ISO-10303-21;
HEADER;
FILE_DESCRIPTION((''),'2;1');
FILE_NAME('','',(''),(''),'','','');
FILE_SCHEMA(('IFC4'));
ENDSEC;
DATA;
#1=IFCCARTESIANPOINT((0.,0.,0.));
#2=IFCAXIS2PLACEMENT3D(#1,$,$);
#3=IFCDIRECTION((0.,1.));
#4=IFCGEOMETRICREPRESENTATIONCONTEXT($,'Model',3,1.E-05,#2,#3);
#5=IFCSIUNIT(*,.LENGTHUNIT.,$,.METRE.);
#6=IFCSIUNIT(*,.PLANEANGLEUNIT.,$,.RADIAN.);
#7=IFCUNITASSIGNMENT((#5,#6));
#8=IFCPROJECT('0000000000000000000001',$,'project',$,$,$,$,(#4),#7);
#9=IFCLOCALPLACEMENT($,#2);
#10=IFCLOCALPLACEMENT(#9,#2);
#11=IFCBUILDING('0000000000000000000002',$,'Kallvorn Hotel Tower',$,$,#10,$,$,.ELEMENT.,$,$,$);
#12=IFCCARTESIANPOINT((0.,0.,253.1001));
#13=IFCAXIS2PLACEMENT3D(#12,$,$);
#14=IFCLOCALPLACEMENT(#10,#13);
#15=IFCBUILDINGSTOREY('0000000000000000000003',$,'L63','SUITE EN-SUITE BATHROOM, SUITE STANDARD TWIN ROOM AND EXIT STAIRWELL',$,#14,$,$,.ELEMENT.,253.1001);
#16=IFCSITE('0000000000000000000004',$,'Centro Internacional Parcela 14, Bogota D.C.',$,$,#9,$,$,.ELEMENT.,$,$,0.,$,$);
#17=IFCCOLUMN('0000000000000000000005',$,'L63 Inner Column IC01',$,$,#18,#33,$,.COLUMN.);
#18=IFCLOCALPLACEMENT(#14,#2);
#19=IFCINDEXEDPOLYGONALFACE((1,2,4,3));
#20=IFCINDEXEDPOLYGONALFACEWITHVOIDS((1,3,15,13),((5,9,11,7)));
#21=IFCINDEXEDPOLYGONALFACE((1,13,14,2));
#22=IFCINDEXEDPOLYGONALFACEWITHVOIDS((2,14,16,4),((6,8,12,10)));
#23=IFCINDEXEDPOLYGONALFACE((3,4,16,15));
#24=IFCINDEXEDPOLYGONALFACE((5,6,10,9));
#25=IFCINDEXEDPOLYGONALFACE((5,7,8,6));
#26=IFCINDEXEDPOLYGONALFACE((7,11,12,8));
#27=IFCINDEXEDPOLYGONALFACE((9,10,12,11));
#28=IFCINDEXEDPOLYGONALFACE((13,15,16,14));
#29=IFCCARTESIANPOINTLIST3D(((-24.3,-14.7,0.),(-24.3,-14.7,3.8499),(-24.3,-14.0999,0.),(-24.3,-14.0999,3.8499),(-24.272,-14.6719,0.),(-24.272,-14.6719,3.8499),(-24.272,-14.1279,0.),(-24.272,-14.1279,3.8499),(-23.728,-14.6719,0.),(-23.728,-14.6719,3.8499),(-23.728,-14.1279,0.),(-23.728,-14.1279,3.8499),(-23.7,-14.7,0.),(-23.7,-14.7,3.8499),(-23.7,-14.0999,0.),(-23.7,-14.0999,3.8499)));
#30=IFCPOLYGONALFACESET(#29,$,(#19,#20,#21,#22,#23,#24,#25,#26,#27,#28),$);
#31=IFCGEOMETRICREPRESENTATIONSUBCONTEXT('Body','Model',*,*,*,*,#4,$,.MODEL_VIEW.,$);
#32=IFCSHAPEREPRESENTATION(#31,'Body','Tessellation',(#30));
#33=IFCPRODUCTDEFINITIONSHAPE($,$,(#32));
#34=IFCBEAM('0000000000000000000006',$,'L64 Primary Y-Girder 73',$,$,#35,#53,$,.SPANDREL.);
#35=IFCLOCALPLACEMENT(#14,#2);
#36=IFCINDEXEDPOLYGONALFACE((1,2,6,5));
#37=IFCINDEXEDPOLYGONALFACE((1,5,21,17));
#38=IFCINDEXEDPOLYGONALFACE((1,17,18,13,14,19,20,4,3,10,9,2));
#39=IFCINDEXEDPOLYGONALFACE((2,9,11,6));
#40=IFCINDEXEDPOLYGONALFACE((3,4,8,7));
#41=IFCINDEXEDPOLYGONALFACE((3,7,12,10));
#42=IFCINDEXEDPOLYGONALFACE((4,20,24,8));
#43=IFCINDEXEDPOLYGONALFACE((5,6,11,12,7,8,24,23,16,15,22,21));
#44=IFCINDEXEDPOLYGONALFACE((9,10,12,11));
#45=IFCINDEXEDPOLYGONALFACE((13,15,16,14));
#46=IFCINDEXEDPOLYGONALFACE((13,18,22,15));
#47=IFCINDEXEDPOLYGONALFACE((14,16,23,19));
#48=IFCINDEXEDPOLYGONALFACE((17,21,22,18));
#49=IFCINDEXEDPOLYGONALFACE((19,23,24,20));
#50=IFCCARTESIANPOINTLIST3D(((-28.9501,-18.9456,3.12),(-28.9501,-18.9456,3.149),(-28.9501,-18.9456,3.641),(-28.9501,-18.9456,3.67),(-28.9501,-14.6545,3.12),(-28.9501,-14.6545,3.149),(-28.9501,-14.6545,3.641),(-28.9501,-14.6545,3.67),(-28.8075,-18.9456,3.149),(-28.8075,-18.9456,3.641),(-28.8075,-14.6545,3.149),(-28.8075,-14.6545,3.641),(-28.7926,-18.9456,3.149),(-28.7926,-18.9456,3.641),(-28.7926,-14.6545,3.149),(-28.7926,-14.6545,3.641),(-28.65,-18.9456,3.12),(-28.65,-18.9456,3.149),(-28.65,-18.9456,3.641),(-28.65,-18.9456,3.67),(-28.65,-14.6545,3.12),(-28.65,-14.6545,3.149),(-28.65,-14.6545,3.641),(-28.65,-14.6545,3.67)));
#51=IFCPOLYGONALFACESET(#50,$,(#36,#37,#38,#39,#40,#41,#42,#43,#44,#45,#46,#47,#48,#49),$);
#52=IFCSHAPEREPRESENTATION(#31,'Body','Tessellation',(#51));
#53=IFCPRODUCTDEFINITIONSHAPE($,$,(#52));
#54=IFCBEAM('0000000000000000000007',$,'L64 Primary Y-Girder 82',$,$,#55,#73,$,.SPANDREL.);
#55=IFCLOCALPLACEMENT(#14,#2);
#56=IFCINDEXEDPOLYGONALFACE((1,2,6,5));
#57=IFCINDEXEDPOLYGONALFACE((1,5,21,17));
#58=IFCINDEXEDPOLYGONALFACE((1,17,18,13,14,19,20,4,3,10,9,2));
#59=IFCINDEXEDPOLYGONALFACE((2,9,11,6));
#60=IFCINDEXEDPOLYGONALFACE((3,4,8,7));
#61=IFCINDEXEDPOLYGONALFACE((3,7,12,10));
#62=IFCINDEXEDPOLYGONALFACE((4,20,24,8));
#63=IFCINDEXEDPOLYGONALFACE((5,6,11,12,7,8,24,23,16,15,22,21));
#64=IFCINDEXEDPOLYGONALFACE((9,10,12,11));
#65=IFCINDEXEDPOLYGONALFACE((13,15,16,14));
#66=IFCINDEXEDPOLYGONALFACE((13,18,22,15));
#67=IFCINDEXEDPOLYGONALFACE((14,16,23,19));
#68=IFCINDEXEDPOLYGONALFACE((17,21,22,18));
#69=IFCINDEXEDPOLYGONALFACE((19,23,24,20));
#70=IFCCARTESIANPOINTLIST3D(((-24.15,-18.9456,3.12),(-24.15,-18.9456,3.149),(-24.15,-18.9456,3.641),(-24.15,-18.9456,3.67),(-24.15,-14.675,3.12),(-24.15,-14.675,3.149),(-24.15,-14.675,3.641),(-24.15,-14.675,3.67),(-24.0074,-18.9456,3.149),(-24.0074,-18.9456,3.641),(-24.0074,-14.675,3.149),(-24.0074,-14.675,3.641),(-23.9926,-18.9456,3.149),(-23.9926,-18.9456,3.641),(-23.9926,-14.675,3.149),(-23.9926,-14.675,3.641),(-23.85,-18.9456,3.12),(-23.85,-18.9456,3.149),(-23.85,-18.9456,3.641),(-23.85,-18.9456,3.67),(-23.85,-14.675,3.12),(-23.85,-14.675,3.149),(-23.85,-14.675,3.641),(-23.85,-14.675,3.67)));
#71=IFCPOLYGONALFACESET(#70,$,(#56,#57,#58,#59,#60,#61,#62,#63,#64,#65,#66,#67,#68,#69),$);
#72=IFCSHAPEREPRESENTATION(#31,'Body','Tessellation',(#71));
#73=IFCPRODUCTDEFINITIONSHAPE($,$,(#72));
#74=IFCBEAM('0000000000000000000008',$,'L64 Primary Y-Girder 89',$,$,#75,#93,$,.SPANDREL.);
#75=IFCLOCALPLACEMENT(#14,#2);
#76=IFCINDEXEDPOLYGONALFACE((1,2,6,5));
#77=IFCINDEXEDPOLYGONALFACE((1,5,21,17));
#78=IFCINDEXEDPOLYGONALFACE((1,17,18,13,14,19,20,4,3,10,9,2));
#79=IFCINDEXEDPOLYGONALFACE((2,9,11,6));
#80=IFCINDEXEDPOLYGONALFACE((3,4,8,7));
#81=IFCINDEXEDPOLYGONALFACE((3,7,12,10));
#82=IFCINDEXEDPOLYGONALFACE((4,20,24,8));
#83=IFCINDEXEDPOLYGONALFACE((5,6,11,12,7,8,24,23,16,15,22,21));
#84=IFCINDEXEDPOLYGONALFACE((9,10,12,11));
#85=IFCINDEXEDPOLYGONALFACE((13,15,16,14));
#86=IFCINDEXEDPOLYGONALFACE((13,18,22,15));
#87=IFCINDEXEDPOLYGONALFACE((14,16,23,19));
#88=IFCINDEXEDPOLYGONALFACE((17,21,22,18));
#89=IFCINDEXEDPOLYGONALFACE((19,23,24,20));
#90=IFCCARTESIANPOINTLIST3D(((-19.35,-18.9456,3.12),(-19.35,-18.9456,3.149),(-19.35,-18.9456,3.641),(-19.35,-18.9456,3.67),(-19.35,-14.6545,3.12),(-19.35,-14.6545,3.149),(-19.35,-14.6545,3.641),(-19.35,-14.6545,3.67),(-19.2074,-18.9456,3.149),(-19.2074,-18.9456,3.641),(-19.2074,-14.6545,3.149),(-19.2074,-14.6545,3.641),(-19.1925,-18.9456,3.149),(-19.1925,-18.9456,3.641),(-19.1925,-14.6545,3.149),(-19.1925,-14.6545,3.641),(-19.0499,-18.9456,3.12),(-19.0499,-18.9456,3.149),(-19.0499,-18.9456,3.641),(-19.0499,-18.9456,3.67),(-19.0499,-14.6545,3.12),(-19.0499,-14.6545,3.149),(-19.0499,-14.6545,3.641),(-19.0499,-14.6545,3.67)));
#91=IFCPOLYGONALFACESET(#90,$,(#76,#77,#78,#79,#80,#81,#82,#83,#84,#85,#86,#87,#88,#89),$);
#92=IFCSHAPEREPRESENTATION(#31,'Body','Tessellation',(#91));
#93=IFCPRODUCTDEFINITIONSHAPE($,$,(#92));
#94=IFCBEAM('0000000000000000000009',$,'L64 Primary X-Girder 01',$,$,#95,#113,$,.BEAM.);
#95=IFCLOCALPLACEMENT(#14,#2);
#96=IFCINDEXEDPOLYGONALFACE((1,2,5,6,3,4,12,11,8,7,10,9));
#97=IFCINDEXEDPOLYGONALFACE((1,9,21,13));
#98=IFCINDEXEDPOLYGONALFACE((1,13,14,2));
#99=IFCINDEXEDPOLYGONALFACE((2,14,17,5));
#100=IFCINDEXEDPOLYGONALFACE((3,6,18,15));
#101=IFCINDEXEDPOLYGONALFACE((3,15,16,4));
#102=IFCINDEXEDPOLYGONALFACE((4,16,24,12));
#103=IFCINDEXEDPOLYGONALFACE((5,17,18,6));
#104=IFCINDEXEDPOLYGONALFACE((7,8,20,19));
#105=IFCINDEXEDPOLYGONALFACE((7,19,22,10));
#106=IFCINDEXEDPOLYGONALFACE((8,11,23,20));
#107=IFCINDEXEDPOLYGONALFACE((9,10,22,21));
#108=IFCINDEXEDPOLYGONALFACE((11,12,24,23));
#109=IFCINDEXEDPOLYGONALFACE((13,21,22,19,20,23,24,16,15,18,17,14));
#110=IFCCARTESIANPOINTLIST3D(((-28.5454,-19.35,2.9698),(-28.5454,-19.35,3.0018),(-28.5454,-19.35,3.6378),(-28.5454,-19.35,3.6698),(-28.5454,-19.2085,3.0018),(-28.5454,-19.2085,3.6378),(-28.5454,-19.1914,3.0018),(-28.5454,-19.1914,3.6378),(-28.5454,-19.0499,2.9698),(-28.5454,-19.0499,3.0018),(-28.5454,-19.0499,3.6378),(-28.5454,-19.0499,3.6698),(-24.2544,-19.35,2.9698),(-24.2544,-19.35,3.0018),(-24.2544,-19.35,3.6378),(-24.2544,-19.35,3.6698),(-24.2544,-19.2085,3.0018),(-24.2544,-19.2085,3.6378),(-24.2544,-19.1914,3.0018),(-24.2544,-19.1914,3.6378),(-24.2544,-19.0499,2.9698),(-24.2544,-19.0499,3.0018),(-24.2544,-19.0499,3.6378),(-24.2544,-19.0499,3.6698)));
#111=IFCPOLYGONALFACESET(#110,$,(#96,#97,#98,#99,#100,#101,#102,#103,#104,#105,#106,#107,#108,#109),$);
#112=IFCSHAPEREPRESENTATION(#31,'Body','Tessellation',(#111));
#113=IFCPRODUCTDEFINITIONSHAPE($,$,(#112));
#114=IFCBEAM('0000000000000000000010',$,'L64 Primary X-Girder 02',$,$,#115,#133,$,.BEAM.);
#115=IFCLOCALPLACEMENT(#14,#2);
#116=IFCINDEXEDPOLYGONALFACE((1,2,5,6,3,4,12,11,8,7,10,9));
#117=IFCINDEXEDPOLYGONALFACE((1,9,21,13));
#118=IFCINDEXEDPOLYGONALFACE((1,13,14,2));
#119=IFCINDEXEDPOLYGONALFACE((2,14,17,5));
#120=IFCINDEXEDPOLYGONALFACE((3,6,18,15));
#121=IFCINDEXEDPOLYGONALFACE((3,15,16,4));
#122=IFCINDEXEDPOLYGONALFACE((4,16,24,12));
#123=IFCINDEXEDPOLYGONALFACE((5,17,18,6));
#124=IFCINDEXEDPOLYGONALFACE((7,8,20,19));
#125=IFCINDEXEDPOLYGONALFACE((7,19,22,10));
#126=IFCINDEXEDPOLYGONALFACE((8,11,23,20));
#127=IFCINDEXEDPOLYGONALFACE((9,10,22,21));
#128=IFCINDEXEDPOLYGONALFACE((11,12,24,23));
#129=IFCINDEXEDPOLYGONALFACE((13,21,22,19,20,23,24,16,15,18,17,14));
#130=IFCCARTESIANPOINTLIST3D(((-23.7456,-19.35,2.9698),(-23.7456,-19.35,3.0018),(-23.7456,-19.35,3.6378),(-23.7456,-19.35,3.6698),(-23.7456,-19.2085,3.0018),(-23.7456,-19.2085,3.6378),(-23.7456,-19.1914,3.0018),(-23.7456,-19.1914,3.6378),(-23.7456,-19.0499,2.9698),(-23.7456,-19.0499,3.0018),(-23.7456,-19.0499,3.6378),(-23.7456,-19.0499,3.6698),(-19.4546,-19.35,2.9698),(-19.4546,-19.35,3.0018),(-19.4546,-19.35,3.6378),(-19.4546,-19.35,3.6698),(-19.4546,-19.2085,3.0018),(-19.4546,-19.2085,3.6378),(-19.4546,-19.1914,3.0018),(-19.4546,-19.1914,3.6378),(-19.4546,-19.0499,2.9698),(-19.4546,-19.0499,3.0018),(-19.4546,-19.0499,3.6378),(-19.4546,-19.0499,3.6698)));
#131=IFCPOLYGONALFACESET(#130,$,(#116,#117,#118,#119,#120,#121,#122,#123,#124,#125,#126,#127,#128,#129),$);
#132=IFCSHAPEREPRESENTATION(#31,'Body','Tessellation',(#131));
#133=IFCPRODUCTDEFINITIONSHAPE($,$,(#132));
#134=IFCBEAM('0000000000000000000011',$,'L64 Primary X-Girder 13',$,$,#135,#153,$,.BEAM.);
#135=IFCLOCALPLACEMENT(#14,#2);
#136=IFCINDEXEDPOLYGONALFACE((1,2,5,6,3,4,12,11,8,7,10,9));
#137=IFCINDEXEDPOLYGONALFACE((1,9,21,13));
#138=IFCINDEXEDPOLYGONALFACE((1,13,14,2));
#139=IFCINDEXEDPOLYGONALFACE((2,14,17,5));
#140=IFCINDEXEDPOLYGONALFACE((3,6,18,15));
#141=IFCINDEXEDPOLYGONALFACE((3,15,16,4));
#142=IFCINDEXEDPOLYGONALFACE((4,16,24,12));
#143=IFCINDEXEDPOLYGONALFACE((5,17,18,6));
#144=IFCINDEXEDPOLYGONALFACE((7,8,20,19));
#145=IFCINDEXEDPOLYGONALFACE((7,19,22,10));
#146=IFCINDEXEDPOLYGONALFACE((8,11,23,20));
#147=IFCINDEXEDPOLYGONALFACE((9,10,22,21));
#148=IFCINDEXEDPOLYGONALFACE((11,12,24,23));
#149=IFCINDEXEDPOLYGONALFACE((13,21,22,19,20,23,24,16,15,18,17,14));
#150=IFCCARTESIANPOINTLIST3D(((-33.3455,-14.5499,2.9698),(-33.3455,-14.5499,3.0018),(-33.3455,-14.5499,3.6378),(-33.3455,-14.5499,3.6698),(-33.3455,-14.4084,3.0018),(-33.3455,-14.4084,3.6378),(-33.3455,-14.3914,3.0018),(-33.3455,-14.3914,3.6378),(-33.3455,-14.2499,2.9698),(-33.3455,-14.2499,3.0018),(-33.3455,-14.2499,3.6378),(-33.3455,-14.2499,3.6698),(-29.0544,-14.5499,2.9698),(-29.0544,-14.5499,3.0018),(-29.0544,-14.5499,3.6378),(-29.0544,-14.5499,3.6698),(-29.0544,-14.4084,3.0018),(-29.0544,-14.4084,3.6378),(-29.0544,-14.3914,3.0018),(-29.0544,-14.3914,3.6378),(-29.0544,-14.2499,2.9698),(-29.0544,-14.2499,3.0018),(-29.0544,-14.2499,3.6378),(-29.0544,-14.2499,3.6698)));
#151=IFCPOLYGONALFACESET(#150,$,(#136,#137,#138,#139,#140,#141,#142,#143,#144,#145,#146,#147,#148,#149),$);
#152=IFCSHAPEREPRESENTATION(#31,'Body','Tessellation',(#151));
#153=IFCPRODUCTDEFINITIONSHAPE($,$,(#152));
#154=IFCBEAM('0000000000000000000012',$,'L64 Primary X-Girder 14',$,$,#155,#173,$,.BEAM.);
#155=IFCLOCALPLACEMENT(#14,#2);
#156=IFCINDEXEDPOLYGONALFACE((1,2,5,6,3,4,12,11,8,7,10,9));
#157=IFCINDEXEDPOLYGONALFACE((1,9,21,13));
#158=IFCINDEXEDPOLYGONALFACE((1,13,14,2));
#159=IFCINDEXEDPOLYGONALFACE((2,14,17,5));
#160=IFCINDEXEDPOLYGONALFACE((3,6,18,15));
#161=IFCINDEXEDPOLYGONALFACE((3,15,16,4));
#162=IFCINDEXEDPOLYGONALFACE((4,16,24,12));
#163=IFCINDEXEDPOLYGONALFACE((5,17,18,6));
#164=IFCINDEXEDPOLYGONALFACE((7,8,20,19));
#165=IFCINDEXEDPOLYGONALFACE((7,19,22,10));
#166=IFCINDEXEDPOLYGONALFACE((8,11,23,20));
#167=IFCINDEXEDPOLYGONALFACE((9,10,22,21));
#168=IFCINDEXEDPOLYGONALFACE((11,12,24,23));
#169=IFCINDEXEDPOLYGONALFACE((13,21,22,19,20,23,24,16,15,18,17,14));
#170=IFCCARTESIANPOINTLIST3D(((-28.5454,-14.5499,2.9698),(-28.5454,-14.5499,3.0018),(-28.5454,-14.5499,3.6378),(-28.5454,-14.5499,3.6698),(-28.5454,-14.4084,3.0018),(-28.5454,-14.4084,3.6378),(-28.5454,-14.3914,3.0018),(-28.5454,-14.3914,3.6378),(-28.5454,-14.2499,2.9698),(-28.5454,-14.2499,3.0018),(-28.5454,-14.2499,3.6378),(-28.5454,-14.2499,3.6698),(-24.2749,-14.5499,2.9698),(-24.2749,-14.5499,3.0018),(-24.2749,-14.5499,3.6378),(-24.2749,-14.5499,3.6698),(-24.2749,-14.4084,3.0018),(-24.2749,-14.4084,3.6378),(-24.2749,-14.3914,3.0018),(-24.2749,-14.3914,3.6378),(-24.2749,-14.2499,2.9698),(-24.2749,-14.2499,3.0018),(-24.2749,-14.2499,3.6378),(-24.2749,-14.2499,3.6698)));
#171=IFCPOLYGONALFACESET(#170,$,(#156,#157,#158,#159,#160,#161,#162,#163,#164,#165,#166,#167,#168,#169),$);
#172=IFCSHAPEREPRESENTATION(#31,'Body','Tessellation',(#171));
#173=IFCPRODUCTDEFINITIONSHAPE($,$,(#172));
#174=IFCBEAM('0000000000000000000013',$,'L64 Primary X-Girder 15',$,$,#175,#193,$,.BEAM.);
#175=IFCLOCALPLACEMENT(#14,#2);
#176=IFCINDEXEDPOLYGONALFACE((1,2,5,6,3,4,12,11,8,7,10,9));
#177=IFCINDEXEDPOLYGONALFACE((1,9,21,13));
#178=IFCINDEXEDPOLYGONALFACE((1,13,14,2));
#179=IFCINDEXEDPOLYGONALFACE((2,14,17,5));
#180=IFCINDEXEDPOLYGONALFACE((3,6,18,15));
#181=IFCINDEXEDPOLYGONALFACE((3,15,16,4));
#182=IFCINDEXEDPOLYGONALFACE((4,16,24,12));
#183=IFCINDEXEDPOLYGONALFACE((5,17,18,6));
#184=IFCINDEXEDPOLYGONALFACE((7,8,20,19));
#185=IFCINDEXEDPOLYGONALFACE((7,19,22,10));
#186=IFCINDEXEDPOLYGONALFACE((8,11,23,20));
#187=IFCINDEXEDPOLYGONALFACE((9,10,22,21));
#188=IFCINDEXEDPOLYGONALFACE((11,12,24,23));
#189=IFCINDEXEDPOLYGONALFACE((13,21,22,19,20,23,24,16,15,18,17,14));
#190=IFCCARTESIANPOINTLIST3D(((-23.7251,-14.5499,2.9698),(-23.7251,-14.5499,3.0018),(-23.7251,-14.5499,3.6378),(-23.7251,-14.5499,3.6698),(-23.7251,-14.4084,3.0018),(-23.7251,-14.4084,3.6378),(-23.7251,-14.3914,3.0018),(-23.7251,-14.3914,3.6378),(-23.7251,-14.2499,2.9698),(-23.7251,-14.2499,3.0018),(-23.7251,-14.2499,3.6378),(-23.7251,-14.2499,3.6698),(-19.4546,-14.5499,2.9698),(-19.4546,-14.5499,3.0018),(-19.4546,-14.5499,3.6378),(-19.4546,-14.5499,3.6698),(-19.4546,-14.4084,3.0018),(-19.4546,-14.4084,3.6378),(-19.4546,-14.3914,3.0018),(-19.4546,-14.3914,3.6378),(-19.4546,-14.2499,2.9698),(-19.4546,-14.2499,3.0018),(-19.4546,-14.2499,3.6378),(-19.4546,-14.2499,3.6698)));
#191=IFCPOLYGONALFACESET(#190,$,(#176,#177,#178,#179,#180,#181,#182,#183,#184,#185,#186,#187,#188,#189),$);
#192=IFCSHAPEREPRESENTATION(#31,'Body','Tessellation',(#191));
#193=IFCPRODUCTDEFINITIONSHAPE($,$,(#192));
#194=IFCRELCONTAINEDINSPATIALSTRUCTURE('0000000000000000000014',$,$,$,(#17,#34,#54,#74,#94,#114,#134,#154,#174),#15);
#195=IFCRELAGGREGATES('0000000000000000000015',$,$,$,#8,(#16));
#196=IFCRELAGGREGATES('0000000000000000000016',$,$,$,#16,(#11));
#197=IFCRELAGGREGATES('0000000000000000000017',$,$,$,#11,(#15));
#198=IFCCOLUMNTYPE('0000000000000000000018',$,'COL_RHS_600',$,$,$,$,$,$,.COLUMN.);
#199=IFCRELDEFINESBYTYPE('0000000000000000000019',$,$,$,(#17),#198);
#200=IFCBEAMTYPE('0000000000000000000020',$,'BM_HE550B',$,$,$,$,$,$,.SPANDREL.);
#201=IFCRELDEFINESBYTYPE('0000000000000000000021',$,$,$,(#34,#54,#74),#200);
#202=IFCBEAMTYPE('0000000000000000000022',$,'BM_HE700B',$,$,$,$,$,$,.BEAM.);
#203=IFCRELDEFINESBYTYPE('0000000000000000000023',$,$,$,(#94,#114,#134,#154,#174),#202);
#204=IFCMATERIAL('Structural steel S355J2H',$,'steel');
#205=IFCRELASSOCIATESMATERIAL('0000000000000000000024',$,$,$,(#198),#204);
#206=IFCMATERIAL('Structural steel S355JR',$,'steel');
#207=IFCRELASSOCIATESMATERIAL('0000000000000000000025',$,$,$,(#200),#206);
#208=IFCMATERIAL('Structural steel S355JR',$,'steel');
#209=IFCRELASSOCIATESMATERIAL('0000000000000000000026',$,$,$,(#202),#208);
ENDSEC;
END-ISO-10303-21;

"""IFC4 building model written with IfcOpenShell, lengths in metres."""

from ifc_helpers import new_model, si_unit, direction, frame, origin, origin_2d, place, context, subcontext, project, spatial, hollow_rectangle, i_section, extrude, material, material_profile, profile_set, type_object, element, save


model = new_model("IFC4")

# Units and contexts
model_context = context("Model", 3, precision=1e-05, world=origin(), true_north=direction((0.0, 1.0)))
body_context = subcontext(model_context, "Body", "Model", "MODEL_VIEW")
ifc_project = project(units=[si_unit("LENGTHUNIT", "METRE"), si_unit("PLANEANGLEUNIT", "RADIAN")], contexts=[model_context])

# Site, building, storey
site_placement = place(None, origin())
site = spatial("IfcSite", under=ifc_project, at=site_placement, Name="Centro Internacional Parcela 14, Bogota D.C.", CompositionType="ELEMENT", RefElevation=0.0)
building_placement = place(site_placement, origin())
building = spatial("IfcBuilding", under=site, at=building_placement, Name="Kallvorn Hotel Tower", CompositionType="ELEMENT")
storey_placement = place(building_placement, frame((0.0, 0.0, 253.1001)))
storey = spatial("IfcBuildingStorey", under=building, at=storey_placement, Name="L63", Description="SUITE EN-SUITE BATHROOM, SUITE STANDARD TWIN ROOM AND EXIT STAIRWELL", CompositionType="ELEMENT", Elevation=253.1001)

# Column
ifc_material_1 = material(Name="Structural steel S355J2H", Category="steel")
ifc_material_profile_1 = material_profile(ifc_material_1, hollow_rectangle(XDim=0.6001, YDim=0.6001, WallThickness=0.0281, at=origin_2d()), Name="RHS 600x600x28")
ifc_profile_set_1 = profile_set([ifc_material_profile_1], Name="Structural steel S355J2H")
column_type_1 = type_object("IfcColumnType", Name="COL_RHS_600", PredefinedType="COLUMN", material=ifc_profile_set_1)
column_placement = place(storey_placement, frame((-24.0, -14.3999, 0.0), z_axis=(0.0, 0.0, 1.0), x_axis=(1.0, 0.0, 0.0)))
element("IfcColumn", 1, at=column_placement, inside=storey, type_object=column_type_1, Name="L63 Inner Column IC01", PredefinedType="COLUMN", context=body_context, shape_type="SweptSolid", body=[
    extrude(hollow_rectangle(XDim=0.6001, YDim=0.6001, WallThickness=0.0281, at=origin_2d()), origin(), (0.0, 0.0, 1.0), 3.8499),
])

# Beams
ifc_material_2 = material(Name="Structural steel S355JR", Category="steel")
ifc_material_profile_2 = material_profile(ifc_material_2, i_section(OverallWidth=0.3, OverallDepth=0.55, WebThickness=0.0149, FlangeThickness=0.0291, at=origin_2d()), Name="HE 550 B")
ifc_profile_set_2 = profile_set([ifc_material_profile_2], Name="Structural steel S355JR")
beam_type_1 = type_object("IfcBeamType", Name="BM_HE550B", PredefinedType="SPANDREL", material=ifc_profile_set_2)
beam_1_placement = place(storey_placement, frame((-28.8, -18.9456, 3.395), z_axis=(0.0, 1.0, 0.0), x_axis=(-1.0, 0.0, 0.0)))
element("IfcBeam", 2, at=beam_1_placement, inside=storey, type_object=beam_type_1, Name="L64 Primary Y-Girder 73", PredefinedType="SPANDREL", context=body_context, shape_type="SweptSolid", body=[
    extrude(i_section(OverallWidth=0.3, OverallDepth=0.55, WebThickness=0.0149, FlangeThickness=0.0291, at=origin_2d()), origin(), (0.0, 0.0, 1.0), 4.291),
])
beam_2_placement = place(storey_placement, frame((-24.0, -18.9456, 3.395), z_axis=(0.0, 1.0, 0.0), x_axis=(-1.0, 0.0, 0.0)))
element("IfcBeam", 3, at=beam_2_placement, inside=storey, type_object=beam_type_1, Name="L64 Primary Y-Girder 82", PredefinedType="SPANDREL", context=body_context, shape_type="SweptSolid", body=[
    extrude(i_section(OverallWidth=0.3, OverallDepth=0.55, WebThickness=0.0149, FlangeThickness=0.0291, at=origin_2d()), origin(), (0.0, 0.0, 1.0), 4.2705),
])
beam_3_placement = place(storey_placement, frame((-19.2, -18.9456, 3.395), z_axis=(0.0, 1.0, 0.0), x_axis=(-1.0, 0.0, 0.0)))
element("IfcBeam", 4, at=beam_3_placement, inside=storey, type_object=beam_type_1, Name="L64 Primary Y-Girder 89", PredefinedType="SPANDREL", context=body_context, shape_type="SweptSolid", body=[
    extrude(i_section(OverallWidth=0.3, OverallDepth=0.55, WebThickness=0.0149, FlangeThickness=0.0291, at=origin_2d()), origin(), (0.0, 0.0, 1.0), 4.291),
])
ifc_material_3 = material(Name="Structural steel S355JR", Category="steel")
ifc_material_profile_3 = material_profile(ifc_material_3, i_section(OverallWidth=0.3, OverallDepth=0.7, WebThickness=0.0171, FlangeThickness=0.032, at=origin_2d()), Name="HE 700 B")
ifc_profile_set_3 = profile_set([ifc_material_profile_3], Name="Structural steel S355JR")
beam_type_2 = type_object("IfcBeamType", Name="BM_HE700B", PredefinedType="BEAM", material=ifc_profile_set_3)
for number, where, z_axis, x_axis, name in (
    (5, (-28.5454, -19.2, 3.3198), (1.0, 0.0, 0.0), (0.0, 1.0, 0.0), "L64 Primary X-Girder 01"),
    (6, (-23.7456, -19.2, 3.3198), (1.0, 0.0, 0.0), (0.0, 1.0, 0.0), "L64 Primary X-Girder 02"),
    (7, (-33.3455, -14.3999, 3.3198), (1.0, 0.0, 0.0), (0.0, 1.0, 0.0), "L64 Primary X-Girder 13"),
):
    element("IfcBeam", number, at=place(storey_placement, frame(where, z_axis=z_axis, x_axis=x_axis)), inside=storey, type_object=beam_type_2, Name=name, PredefinedType="BEAM", context=body_context, shape_type="SweptSolid", body=[
        extrude(i_section(OverallWidth=0.3, OverallDepth=0.7, WebThickness=0.0171, FlangeThickness=0.032, at=origin_2d()), origin(), (0.0, 0.0, 1.0), 4.291),
    ])
for number, where, z_axis, x_axis, name in (
    (8, (-28.5454, -14.3999, 3.3198), (1.0, 0.0, 0.0), (0.0, 1.0, 0.0), "L64 Primary X-Girder 14"),
    (9, (-23.7251, -14.3999, 3.3198), (1.0, 0.0, 0.0), (0.0, 1.0, 0.0), "L64 Primary X-Girder 15"),
):
    element("IfcBeam", number, at=place(storey_placement, frame(where, z_axis=z_axis, x_axis=x_axis)), inside=storey, type_object=beam_type_2, Name=name, PredefinedType="BEAM", context=body_context, shape_type="SweptSolid", body=[
        extrude(i_section(OverallWidth=0.3, OverallDepth=0.7, WebThickness=0.0171, FlangeThickness=0.032, at=origin_2d()), origin(), (0.0, 0.0, 1.0), 4.2705),
    ])

save(model, "model.ifc")
